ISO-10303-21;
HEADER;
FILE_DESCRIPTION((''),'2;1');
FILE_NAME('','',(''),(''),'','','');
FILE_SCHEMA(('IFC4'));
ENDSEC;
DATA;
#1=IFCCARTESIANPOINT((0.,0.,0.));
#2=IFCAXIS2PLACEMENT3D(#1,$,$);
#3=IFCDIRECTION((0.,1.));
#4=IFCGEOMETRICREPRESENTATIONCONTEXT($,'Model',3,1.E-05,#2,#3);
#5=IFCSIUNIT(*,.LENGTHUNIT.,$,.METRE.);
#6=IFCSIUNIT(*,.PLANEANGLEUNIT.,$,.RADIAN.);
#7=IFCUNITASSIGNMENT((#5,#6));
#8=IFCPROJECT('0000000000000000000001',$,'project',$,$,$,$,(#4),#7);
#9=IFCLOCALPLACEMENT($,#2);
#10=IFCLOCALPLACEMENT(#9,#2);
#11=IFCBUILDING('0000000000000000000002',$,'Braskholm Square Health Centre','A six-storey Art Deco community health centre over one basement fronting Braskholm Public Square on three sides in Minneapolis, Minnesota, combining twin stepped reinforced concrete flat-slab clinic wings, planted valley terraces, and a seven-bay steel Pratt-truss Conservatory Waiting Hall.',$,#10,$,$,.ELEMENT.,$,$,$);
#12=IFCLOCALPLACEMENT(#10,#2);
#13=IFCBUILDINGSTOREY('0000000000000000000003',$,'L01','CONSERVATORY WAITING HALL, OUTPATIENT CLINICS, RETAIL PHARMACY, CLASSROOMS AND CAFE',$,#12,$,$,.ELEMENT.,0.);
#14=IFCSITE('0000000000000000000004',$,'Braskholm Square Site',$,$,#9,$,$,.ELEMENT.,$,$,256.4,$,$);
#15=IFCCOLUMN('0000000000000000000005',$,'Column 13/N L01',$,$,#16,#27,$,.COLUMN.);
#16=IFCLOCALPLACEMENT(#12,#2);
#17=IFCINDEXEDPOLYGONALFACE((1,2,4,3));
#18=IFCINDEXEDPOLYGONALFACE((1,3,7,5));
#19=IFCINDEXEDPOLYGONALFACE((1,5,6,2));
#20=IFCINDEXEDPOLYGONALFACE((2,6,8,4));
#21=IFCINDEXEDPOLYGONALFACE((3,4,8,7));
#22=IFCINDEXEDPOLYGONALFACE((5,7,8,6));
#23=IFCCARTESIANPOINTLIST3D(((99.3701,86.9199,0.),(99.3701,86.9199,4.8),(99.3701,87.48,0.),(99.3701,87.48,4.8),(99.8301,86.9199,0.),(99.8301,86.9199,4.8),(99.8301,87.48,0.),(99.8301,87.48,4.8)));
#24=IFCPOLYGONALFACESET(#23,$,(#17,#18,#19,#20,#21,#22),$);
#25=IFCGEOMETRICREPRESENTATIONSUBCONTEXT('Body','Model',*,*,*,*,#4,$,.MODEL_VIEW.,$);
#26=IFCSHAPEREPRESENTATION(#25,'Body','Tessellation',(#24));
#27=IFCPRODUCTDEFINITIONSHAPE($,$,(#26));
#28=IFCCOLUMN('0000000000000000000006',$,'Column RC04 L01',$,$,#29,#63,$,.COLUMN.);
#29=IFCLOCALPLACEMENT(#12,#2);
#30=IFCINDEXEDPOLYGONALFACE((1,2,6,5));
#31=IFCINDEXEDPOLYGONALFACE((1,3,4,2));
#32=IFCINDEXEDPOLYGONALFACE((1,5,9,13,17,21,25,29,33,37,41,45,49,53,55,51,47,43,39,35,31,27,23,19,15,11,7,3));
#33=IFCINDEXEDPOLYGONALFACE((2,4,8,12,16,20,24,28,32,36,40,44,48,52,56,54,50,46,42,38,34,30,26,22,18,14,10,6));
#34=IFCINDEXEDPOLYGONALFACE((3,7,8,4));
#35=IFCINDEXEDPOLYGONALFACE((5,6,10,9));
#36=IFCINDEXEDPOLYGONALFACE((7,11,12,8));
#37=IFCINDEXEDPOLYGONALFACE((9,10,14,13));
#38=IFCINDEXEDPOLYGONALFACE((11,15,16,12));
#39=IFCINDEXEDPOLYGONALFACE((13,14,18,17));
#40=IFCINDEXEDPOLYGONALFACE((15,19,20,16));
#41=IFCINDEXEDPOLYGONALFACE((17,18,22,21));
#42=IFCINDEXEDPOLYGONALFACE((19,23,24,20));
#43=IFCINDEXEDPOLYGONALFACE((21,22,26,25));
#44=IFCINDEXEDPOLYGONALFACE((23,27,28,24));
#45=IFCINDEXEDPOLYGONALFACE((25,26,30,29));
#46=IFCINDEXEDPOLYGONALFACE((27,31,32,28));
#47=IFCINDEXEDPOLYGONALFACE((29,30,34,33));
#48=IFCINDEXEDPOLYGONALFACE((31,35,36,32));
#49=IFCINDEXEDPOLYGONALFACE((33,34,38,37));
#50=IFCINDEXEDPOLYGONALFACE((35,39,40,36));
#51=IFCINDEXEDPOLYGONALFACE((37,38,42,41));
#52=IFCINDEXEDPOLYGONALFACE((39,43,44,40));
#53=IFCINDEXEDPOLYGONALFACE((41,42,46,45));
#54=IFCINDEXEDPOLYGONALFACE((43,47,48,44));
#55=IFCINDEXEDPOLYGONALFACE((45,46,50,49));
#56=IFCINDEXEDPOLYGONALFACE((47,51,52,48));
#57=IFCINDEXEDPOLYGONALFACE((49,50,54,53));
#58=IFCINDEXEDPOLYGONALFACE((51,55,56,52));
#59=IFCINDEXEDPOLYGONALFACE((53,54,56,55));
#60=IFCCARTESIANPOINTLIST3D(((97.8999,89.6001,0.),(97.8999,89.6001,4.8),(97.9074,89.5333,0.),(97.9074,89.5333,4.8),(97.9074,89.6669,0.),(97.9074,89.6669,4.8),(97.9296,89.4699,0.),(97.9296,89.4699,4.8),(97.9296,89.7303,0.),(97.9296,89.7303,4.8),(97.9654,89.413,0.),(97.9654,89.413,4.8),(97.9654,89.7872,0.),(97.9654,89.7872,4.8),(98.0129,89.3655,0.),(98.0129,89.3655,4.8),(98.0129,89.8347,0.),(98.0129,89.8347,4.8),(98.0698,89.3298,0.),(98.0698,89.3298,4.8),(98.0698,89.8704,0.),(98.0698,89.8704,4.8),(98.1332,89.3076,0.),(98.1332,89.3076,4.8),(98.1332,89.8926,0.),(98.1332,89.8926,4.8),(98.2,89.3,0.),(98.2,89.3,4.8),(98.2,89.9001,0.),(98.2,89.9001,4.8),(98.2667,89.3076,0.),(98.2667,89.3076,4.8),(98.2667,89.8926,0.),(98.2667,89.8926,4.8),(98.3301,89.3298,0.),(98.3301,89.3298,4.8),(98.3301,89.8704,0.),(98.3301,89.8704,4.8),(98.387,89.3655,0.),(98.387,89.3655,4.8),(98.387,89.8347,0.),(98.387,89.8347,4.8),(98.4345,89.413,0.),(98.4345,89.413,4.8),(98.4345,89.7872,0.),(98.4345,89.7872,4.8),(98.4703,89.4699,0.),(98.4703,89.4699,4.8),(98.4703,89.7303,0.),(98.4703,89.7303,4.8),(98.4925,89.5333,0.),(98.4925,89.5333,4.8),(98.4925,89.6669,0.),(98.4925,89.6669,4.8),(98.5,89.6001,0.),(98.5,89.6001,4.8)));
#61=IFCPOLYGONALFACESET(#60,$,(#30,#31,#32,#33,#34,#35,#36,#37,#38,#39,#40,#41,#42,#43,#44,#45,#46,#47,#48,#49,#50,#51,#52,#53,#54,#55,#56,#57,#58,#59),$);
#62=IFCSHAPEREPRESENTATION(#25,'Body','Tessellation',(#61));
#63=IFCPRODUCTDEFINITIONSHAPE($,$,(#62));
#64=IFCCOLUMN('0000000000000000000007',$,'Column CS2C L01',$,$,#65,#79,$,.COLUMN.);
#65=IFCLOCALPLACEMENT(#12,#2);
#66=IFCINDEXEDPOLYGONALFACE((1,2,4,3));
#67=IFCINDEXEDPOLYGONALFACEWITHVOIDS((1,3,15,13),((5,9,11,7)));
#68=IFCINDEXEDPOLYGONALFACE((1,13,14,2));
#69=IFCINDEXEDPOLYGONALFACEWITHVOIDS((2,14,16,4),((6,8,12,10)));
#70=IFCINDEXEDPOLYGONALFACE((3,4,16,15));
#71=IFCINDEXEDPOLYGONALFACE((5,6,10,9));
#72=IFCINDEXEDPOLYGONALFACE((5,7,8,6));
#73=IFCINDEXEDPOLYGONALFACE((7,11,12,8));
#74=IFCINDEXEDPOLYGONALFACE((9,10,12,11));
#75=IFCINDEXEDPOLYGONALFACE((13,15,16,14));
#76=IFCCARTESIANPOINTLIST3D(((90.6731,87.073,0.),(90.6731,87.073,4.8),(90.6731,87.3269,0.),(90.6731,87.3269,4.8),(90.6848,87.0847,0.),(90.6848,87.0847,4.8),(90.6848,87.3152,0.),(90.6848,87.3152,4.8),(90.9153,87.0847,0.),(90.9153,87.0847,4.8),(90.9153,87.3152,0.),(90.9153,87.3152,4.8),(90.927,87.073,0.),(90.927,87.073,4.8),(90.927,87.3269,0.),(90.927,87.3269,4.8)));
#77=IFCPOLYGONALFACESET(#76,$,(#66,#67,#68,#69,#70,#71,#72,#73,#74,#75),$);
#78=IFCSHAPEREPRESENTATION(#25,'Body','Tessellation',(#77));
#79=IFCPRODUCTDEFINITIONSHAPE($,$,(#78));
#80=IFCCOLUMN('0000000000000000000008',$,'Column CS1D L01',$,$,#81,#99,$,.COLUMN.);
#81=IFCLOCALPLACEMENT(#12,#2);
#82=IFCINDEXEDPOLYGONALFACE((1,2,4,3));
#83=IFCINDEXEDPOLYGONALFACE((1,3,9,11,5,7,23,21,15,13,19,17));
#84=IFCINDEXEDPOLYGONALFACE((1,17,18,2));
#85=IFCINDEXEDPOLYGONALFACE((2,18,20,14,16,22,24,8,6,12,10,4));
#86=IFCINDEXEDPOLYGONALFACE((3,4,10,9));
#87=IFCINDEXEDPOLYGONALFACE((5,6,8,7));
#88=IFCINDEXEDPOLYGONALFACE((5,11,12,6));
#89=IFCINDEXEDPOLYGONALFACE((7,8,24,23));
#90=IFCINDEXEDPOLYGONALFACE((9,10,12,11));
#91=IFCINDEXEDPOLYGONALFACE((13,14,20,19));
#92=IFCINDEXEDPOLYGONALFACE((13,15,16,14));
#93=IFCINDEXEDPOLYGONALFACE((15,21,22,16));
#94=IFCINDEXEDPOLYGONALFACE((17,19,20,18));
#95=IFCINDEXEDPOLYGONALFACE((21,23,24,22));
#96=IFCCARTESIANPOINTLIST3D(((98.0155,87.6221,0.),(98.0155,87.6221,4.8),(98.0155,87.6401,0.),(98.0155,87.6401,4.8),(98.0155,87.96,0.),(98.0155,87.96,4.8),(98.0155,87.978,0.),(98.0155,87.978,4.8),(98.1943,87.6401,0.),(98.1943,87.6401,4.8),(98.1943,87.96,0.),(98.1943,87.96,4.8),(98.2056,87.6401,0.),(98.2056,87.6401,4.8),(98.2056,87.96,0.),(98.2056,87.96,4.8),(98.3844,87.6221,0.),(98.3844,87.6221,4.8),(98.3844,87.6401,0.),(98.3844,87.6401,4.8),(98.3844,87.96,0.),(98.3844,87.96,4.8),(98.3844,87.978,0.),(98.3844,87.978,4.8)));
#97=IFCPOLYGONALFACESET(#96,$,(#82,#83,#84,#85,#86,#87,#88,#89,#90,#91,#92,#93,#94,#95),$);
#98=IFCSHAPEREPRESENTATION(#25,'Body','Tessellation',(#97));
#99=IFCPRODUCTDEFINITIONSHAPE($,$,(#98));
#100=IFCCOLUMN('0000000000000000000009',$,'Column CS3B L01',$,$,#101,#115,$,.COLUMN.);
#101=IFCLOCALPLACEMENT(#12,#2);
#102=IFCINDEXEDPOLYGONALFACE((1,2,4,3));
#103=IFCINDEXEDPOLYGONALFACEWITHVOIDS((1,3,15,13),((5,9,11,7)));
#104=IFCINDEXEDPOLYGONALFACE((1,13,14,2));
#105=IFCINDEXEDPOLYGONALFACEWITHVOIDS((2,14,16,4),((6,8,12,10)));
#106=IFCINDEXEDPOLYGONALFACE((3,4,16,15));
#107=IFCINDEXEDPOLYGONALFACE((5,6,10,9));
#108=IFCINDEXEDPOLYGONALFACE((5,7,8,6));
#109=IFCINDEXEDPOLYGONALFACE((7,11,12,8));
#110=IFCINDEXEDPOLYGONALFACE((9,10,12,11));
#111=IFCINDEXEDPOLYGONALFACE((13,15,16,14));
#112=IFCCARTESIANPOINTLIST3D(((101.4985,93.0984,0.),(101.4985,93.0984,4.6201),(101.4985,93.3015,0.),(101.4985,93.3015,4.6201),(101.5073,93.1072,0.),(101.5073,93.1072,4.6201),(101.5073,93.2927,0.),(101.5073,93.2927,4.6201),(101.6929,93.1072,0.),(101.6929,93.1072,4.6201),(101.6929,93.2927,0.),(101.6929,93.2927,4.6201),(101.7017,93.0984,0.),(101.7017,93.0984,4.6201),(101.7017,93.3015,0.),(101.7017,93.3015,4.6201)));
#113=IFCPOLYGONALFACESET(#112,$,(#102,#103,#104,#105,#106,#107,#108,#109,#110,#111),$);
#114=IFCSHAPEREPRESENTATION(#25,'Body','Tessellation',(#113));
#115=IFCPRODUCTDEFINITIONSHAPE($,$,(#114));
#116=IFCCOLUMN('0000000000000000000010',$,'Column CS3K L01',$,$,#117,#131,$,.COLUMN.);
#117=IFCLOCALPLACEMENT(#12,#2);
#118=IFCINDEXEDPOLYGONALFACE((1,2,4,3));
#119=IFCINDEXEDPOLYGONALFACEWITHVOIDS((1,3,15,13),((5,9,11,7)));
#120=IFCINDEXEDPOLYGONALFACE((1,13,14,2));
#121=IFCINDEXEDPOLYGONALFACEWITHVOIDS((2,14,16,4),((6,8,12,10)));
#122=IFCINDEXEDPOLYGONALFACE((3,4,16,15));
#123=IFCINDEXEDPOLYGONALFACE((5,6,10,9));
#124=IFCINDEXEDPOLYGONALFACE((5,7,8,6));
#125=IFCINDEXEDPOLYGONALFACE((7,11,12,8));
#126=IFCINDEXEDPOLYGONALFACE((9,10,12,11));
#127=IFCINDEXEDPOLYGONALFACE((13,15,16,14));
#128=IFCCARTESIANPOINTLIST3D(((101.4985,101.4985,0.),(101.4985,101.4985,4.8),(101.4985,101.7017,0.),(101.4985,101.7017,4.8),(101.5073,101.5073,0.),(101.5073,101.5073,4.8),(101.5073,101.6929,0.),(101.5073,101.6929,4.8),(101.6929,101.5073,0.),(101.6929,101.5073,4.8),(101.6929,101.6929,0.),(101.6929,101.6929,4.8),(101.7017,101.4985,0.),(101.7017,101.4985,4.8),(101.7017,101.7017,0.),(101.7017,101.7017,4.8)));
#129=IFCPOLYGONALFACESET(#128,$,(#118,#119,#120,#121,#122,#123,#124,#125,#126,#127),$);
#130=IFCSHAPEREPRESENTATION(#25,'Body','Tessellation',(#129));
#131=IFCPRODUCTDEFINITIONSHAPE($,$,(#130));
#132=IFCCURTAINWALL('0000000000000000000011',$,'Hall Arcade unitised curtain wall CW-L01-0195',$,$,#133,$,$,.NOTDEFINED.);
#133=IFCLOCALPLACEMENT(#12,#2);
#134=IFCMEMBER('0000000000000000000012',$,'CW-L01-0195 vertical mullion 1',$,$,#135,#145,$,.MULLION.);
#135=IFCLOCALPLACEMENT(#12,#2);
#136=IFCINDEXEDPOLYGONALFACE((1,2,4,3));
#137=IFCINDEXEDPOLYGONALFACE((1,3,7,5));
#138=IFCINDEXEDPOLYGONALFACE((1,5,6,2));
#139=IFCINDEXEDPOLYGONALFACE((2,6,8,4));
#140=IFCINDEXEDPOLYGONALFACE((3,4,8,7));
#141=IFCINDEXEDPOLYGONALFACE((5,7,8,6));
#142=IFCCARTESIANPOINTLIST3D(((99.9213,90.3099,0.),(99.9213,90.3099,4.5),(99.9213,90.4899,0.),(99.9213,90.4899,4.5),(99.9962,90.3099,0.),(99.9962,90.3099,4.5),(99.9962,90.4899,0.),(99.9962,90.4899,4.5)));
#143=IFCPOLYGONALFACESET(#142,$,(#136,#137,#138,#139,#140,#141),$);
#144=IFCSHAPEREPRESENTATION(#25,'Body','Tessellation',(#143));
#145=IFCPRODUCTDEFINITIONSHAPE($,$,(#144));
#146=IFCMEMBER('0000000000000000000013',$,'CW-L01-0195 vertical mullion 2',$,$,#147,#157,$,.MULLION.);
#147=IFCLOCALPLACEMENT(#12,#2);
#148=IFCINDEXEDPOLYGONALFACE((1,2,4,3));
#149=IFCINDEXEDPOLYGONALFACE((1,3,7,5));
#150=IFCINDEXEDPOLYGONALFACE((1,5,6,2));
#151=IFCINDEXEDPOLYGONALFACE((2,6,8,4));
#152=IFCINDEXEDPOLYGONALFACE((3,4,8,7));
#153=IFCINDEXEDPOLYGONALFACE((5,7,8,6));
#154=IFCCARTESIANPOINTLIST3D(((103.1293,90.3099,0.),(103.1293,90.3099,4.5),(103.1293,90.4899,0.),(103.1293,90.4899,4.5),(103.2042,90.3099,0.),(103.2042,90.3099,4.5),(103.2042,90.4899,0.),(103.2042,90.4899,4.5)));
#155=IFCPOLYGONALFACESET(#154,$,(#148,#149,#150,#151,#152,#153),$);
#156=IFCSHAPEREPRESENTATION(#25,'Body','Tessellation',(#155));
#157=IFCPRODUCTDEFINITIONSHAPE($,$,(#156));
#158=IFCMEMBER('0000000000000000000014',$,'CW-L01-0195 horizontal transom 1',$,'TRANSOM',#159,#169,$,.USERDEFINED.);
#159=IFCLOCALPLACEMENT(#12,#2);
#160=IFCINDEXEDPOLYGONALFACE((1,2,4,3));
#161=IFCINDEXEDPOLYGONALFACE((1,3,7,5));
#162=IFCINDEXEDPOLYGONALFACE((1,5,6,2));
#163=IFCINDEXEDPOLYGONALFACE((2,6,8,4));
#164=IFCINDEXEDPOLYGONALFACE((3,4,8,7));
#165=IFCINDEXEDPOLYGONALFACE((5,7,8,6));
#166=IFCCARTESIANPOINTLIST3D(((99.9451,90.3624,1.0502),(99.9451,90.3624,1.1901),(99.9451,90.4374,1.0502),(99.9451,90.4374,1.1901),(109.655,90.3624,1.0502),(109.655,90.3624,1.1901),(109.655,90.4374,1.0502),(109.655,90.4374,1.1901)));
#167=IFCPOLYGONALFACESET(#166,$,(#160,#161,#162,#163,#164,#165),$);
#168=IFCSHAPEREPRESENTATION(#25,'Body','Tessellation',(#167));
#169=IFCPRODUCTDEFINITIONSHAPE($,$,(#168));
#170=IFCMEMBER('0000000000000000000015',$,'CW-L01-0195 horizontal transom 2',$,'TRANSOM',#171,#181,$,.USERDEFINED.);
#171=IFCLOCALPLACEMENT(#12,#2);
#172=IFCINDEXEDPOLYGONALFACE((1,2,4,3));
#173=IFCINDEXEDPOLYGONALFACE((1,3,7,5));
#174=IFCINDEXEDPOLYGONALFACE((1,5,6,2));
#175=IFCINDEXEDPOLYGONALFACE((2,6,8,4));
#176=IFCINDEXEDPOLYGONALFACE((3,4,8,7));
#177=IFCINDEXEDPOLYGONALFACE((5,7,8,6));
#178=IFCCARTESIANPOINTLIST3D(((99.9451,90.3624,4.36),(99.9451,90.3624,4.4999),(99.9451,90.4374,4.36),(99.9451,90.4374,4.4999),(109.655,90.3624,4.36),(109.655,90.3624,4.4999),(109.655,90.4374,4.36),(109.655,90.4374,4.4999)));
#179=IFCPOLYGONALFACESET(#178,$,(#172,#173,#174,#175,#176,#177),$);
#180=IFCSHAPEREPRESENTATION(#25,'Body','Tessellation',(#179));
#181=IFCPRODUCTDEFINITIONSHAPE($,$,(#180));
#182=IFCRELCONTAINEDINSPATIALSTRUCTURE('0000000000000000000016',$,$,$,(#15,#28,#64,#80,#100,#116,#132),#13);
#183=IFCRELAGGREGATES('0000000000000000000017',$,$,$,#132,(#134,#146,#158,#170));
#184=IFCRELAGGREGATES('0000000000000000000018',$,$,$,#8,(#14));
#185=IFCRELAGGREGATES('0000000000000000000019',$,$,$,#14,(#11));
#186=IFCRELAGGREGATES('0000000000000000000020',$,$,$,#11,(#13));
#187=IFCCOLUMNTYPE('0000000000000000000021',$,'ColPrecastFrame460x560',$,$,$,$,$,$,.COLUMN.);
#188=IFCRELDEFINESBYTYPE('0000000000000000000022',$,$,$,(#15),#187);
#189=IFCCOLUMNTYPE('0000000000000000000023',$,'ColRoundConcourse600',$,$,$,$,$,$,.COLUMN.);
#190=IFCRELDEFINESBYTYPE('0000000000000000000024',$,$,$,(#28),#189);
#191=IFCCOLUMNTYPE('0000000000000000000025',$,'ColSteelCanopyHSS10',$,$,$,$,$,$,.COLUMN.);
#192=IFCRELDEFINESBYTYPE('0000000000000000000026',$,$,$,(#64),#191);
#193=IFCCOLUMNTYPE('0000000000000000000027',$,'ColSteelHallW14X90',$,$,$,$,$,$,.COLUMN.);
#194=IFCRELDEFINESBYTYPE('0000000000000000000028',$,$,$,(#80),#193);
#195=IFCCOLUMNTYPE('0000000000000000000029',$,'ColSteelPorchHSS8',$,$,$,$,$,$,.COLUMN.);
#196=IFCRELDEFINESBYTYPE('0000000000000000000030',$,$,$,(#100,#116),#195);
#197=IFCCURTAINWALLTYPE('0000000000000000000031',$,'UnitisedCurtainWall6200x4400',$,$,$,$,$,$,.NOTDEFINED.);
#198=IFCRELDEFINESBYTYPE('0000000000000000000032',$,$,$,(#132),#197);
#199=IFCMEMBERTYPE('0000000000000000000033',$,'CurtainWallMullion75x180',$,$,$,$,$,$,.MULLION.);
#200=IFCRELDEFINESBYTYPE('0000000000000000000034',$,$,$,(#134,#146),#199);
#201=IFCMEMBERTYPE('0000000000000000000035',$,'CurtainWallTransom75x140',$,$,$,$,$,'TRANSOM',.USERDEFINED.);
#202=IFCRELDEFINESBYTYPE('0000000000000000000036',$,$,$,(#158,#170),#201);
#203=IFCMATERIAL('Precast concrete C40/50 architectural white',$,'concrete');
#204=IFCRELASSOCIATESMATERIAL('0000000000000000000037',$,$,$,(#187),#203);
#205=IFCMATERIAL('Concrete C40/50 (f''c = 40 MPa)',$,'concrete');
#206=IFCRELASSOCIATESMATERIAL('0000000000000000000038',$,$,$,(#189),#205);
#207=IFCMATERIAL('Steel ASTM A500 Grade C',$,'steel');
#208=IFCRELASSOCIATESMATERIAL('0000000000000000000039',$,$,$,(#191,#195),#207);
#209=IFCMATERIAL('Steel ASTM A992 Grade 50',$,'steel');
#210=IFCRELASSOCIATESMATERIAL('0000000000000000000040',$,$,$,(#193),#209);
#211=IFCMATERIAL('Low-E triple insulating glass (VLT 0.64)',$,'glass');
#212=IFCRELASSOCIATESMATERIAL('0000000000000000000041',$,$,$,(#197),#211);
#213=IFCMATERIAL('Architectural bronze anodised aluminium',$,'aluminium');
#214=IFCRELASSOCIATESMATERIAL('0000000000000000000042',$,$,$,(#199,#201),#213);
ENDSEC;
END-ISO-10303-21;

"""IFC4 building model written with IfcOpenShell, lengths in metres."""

from ifc_helpers import new_model, si_unit, direction, frame, origin, origin_2d, place, context, subcontext, project, spatial, rectangle, hollow_rectangle, circle, i_section, extrude, material, material_profile, profile_set, type_object, element, aggregate, save


model = new_model("IFC4")

# Units and contexts
model_context = context("Model", 3, precision=1e-05, world=origin(), true_north=direction((0.0, 1.0)))
body_context = subcontext(model_context, "Body", "Model", "MODEL_VIEW")
ifc_project = project(units=[si_unit("LENGTHUNIT", "METRE"), si_unit("PLANEANGLEUNIT", "RADIAN")], contexts=[model_context])

# Site, building, storey
site_placement = place(None, origin())
site = spatial("IfcSite", under=ifc_project, at=site_placement, Name="Braskholm Square Site", CompositionType="ELEMENT", RefElevation=256.4)
building_placement = place(site_placement, origin())
building = spatial("IfcBuilding", under=site, at=building_placement, Name="Braskholm Square Health Centre", Description="A six-storey Art Deco community health centre over one basement fronting Braskholm Public Square on three sides in Minneapolis, Minnesota, combining twin stepped reinforced concrete flat-slab clinic wings, planted valley terraces, and a seven-bay steel Pratt-truss Conservatory Waiting Hall.", CompositionType="ELEMENT")
storey_placement = place(building_placement, origin())
storey = spatial("IfcBuildingStorey", under=building, at=storey_placement, Name="L01", Description="CONSERVATORY WAITING HALL, OUTPATIENT CLINICS, RETAIL PHARMACY, CLASSROOMS AND CAFE", CompositionType="ELEMENT", Elevation=0.0)

# Columns
ifc_material_1 = material(Name="Precast concrete C40/50 architectural white", Category="concrete")
ifc_material_profile_1 = material_profile(ifc_material_1, rectangle(XDim=0.46, YDim=0.5601, at=origin_2d()), Name="RC-460X560")
ifc_profile_set_1 = profile_set([ifc_material_profile_1], Name="Precast concrete C40/50 architectural white")
column_type_1 = type_object("IfcColumnType", Name="ColPrecastFrame460x560", PredefinedType="COLUMN", material=ifc_profile_set_1)
column_1_placement = place(storey_placement, frame((99.6001, 87.2, 0.0), z_axis=(0.0, 0.0, 1.0), x_axis=(1.0, 0.0, 0.0)))
element("IfcColumn", 1, at=column_1_placement, inside=storey, type_object=column_type_1, Name="Column 13/N L01", PredefinedType="COLUMN", context=body_context, shape_type="SweptSolid", body=[
    extrude(rectangle(XDim=0.46, YDim=0.5601, at=origin_2d()), origin(), (0.0, 0.0, 1.0), 4.8),
])
ifc_material_2 = material(Name="Concrete C40/50 (f'c = 40 MPa)", Category="concrete")
ifc_material_profile_2 = material_profile(ifc_material_2, circle(Radius=0.3, at=origin_2d()), Name="RC-RND-600")
ifc_profile_set_2 = profile_set([ifc_material_profile_2], Name="Concrete C40/50 (f'c = 40 MPa)")
column_type_2 = type_object("IfcColumnType", Name="ColRoundConcourse600", PredefinedType="COLUMN", material=ifc_profile_set_2)
column_2_placement = place(storey_placement, frame((98.2, 89.6001, 0.0), z_axis=(0.0, 0.0, 1.0), x_axis=(1.0, 0.0, 0.0)))
element("IfcColumn", 2, at=column_2_placement, inside=storey, type_object=column_type_2, Name="Column RC04 L01", PredefinedType="COLUMN", context=body_context, shape_type="SweptSolid", body=[
    extrude(circle(Radius=0.3, at=origin_2d()), origin(), (0.0, 0.0, 1.0), 4.8),
])
ifc_material_3 = material(Name="Steel ASTM A500 Grade C", Category="steel")
ifc_material_profile_3 = material_profile(ifc_material_3, hollow_rectangle(XDim=0.2539, YDim=0.2539, WallThickness=0.0117, at=origin_2d()), Name="HSS10X10X1/2")
ifc_profile_set_3 = profile_set([ifc_material_profile_3], Name="Steel ASTM A500 Grade C")
column_type_3 = type_object("IfcColumnType", Name="ColSteelCanopyHSS10", PredefinedType="COLUMN", material=ifc_profile_set_3)
column_3_placement = place(storey_placement, frame((90.8, 87.2, 0.0), z_axis=(0.0, 0.0, 1.0), x_axis=(1.0, 0.0, 0.0)))
element("IfcColumn", 3, at=column_3_placement, inside=storey, type_object=column_type_3, Name="Column CS2C L01", PredefinedType="COLUMN", context=body_context, shape_type="SweptSolid", body=[
    extrude(hollow_rectangle(XDim=0.2539, YDim=0.2539, WallThickness=0.0117, at=origin_2d()), origin(), (0.0, 0.0, 1.0), 4.8),
])
ifc_material_4 = material(Name="Steel ASTM A992 Grade 50", Category="steel")
ifc_material_profile_4 = material_profile(ifc_material_4, i_section(OverallWidth=0.3689, OverallDepth=0.356, WebThickness=0.0112, FlangeThickness=0.0181, at=origin_2d()), Name="W14X90")
ifc_profile_set_4 = profile_set([ifc_material_profile_4], Name="Steel ASTM A992 Grade 50")
column_type_4 = type_object("IfcColumnType", Name="ColSteelHallW14X90", PredefinedType="COLUMN", material=ifc_profile_set_4)
column_4_placement = place(storey_placement, frame((98.2, 87.8, 0.0), z_axis=(0.0, 0.0, 1.0), x_axis=(1.0, 0.0, 0.0)))
element("IfcColumn", 4, at=column_4_placement, inside=storey, type_object=column_type_4, Name="Column CS1D L01", PredefinedType="COLUMN", context=body_context, shape_type="SweptSolid", body=[
    extrude(i_section(OverallWidth=0.3689, OverallDepth=0.356, WebThickness=0.0112, FlangeThickness=0.0181, at=origin_2d()), origin(), (0.0, 0.0, 1.0), 4.8),
])
ifc_material_profile_5 = material_profile(ifc_material_3, hollow_rectangle(XDim=0.2031, YDim=0.2031, WallThickness=0.0088, at=origin_2d()), Name="HSS8X8X3/8")
ifc_profile_set_5 = profile_set([ifc_material_profile_5], Name="Steel ASTM A500 Grade C")
column_type_5 = type_object("IfcColumnType", Name="ColSteelPorchHSS8", PredefinedType="COLUMN", material=ifc_profile_set_5)
column_5_placement = place(storey_placement, frame((101.6001, 93.2, 0.0), z_axis=(0.0, 0.0, 1.0), x_axis=(1.0, 0.0, 0.0)))
element("IfcColumn", 5, at=column_5_placement, inside=storey, type_object=column_type_5, Name="Column CS3B L01", PredefinedType="COLUMN", context=body_context, shape_type="SweptSolid", body=[
    extrude(hollow_rectangle(XDim=0.2031, YDim=0.2031, WallThickness=0.0088, at=origin_2d()), origin(), (0.0, 0.0, 1.0), 4.6201),
])
column_6_placement = place(storey_placement, frame((101.6001, 101.6001, 0.0), z_axis=(0.0, 0.0, 1.0), x_axis=(1.0, 0.0, 0.0)))
element("IfcColumn", 6, at=column_6_placement, inside=storey, type_object=column_type_5, Name="Column CS3K L01", PredefinedType="COLUMN", context=body_context, shape_type="SweptSolid", body=[
    extrude(hollow_rectangle(XDim=0.2031, YDim=0.2031, WallThickness=0.0088, at=origin_2d()), origin(), (0.0, 0.0, 1.0), 4.8),
])

# Curtain wall, members
ifc_material_5 = material(Name="Low-E triple insulating glass (VLT 0.64)", Category="glass")
curtain_wall_type = type_object("IfcCurtainWallType", Name="UnitisedCurtainWall6200x4400", PredefinedType="NOTDEFINED", material=ifc_material_5)
curtain_wall_placement = place(storey_placement, origin())
curtain_wall = element("IfcCurtainWall", 7, at=curtain_wall_placement, inside=storey, type_object=curtain_wall_type, Name="Hall Arcade unitised curtain wall CW-L01-0195", PredefinedType="NOTDEFINED")
ifc_material_6 = material(Name="Architectural bronze anodised aluminium", Category="aluminium")
ifc_material_profile_6 = material_profile(ifc_material_6, rectangle(XDim=0.075, YDim=0.1799, at=origin_2d()), Name="ALU-75X180")
ifc_profile_set_6 = profile_set([ifc_material_profile_6], Name="Architectural bronze anodised aluminium")
member_type_1 = type_object("IfcMemberType", Name="CurtainWallMullion75x180", PredefinedType="MULLION", material=ifc_profile_set_6)
member_1_placement = place(storey_placement, frame((99.9587, 90.3999, 0.0), z_axis=(0.0, 0.0, 1.0), x_axis=(1.0, 0.0, 0.0)))
member_1 = element("IfcMember", 8, at=member_1_placement, type_object=member_type_1, Name="CW-L01-0195 vertical mullion 1", PredefinedType="MULLION", context=body_context, shape_type="SweptSolid", body=[
    extrude(rectangle(XDim=0.075, YDim=0.1799, at=origin_2d()), origin(), (0.0, 0.0, 1.0), 4.5),
])
member_2_placement = place(storey_placement, frame((103.1667, 90.3999, 0.0), z_axis=(0.0, 0.0, 1.0), x_axis=(1.0, 0.0, 0.0)))
member_2 = element("IfcMember", 9, at=member_2_placement, type_object=member_type_1, Name="CW-L01-0195 vertical mullion 2", PredefinedType="MULLION", context=body_context, shape_type="SweptSolid", body=[
    extrude(rectangle(XDim=0.075, YDim=0.1799, at=origin_2d()), origin(), (0.0, 0.0, 1.0), 4.5),
])
ifc_material_profile_7 = material_profile(ifc_material_6, rectangle(XDim=0.075, YDim=0.1399, at=origin_2d()), Name="ALU-75X140")
ifc_profile_set_7 = profile_set([ifc_material_profile_7], Name="Architectural bronze anodised aluminium")
member_type_2 = type_object("IfcMemberType", Name="CurtainWallTransom75x140", ElementType="TRANSOM", PredefinedType="USERDEFINED", material=ifc_profile_set_7)
member_3_placement = place(storey_placement, frame((99.9451, 90.3999, 1.1201), z_axis=(1.0, 0.0, 0.0), x_axis=(0.0, 1.0, 0.0)))
member_3 = element("IfcMember", 10, at=member_3_placement, type_object=member_type_2, Name="CW-L01-0195 horizontal transom 1", ObjectType="TRANSOM", PredefinedType="USERDEFINED", context=body_context, shape_type="SweptSolid", body=[
    extrude(rectangle(XDim=0.075, YDim=0.1399, at=origin_2d()), origin(), (0.0, 0.0, 1.0), 9.71),
])
member_4_placement = place(storey_placement, frame((99.9451, 90.3999, 4.4299), z_axis=(1.0, 0.0, 0.0), x_axis=(0.0, 1.0, 0.0)))
member_4 = element("IfcMember", 11, at=member_4_placement, type_object=member_type_2, Name="CW-L01-0195 horizontal transom 2", ObjectType="TRANSOM", PredefinedType="USERDEFINED", context=body_context, shape_type="SweptSolid", body=[
    extrude(rectangle(XDim=0.075, YDim=0.1399, at=origin_2d()), origin(), (0.0, 0.0, 1.0), 9.71),
])

aggregate(curtain_wall, [member_1, member_2, member_3, member_4])

save(model, "model.ifc")
